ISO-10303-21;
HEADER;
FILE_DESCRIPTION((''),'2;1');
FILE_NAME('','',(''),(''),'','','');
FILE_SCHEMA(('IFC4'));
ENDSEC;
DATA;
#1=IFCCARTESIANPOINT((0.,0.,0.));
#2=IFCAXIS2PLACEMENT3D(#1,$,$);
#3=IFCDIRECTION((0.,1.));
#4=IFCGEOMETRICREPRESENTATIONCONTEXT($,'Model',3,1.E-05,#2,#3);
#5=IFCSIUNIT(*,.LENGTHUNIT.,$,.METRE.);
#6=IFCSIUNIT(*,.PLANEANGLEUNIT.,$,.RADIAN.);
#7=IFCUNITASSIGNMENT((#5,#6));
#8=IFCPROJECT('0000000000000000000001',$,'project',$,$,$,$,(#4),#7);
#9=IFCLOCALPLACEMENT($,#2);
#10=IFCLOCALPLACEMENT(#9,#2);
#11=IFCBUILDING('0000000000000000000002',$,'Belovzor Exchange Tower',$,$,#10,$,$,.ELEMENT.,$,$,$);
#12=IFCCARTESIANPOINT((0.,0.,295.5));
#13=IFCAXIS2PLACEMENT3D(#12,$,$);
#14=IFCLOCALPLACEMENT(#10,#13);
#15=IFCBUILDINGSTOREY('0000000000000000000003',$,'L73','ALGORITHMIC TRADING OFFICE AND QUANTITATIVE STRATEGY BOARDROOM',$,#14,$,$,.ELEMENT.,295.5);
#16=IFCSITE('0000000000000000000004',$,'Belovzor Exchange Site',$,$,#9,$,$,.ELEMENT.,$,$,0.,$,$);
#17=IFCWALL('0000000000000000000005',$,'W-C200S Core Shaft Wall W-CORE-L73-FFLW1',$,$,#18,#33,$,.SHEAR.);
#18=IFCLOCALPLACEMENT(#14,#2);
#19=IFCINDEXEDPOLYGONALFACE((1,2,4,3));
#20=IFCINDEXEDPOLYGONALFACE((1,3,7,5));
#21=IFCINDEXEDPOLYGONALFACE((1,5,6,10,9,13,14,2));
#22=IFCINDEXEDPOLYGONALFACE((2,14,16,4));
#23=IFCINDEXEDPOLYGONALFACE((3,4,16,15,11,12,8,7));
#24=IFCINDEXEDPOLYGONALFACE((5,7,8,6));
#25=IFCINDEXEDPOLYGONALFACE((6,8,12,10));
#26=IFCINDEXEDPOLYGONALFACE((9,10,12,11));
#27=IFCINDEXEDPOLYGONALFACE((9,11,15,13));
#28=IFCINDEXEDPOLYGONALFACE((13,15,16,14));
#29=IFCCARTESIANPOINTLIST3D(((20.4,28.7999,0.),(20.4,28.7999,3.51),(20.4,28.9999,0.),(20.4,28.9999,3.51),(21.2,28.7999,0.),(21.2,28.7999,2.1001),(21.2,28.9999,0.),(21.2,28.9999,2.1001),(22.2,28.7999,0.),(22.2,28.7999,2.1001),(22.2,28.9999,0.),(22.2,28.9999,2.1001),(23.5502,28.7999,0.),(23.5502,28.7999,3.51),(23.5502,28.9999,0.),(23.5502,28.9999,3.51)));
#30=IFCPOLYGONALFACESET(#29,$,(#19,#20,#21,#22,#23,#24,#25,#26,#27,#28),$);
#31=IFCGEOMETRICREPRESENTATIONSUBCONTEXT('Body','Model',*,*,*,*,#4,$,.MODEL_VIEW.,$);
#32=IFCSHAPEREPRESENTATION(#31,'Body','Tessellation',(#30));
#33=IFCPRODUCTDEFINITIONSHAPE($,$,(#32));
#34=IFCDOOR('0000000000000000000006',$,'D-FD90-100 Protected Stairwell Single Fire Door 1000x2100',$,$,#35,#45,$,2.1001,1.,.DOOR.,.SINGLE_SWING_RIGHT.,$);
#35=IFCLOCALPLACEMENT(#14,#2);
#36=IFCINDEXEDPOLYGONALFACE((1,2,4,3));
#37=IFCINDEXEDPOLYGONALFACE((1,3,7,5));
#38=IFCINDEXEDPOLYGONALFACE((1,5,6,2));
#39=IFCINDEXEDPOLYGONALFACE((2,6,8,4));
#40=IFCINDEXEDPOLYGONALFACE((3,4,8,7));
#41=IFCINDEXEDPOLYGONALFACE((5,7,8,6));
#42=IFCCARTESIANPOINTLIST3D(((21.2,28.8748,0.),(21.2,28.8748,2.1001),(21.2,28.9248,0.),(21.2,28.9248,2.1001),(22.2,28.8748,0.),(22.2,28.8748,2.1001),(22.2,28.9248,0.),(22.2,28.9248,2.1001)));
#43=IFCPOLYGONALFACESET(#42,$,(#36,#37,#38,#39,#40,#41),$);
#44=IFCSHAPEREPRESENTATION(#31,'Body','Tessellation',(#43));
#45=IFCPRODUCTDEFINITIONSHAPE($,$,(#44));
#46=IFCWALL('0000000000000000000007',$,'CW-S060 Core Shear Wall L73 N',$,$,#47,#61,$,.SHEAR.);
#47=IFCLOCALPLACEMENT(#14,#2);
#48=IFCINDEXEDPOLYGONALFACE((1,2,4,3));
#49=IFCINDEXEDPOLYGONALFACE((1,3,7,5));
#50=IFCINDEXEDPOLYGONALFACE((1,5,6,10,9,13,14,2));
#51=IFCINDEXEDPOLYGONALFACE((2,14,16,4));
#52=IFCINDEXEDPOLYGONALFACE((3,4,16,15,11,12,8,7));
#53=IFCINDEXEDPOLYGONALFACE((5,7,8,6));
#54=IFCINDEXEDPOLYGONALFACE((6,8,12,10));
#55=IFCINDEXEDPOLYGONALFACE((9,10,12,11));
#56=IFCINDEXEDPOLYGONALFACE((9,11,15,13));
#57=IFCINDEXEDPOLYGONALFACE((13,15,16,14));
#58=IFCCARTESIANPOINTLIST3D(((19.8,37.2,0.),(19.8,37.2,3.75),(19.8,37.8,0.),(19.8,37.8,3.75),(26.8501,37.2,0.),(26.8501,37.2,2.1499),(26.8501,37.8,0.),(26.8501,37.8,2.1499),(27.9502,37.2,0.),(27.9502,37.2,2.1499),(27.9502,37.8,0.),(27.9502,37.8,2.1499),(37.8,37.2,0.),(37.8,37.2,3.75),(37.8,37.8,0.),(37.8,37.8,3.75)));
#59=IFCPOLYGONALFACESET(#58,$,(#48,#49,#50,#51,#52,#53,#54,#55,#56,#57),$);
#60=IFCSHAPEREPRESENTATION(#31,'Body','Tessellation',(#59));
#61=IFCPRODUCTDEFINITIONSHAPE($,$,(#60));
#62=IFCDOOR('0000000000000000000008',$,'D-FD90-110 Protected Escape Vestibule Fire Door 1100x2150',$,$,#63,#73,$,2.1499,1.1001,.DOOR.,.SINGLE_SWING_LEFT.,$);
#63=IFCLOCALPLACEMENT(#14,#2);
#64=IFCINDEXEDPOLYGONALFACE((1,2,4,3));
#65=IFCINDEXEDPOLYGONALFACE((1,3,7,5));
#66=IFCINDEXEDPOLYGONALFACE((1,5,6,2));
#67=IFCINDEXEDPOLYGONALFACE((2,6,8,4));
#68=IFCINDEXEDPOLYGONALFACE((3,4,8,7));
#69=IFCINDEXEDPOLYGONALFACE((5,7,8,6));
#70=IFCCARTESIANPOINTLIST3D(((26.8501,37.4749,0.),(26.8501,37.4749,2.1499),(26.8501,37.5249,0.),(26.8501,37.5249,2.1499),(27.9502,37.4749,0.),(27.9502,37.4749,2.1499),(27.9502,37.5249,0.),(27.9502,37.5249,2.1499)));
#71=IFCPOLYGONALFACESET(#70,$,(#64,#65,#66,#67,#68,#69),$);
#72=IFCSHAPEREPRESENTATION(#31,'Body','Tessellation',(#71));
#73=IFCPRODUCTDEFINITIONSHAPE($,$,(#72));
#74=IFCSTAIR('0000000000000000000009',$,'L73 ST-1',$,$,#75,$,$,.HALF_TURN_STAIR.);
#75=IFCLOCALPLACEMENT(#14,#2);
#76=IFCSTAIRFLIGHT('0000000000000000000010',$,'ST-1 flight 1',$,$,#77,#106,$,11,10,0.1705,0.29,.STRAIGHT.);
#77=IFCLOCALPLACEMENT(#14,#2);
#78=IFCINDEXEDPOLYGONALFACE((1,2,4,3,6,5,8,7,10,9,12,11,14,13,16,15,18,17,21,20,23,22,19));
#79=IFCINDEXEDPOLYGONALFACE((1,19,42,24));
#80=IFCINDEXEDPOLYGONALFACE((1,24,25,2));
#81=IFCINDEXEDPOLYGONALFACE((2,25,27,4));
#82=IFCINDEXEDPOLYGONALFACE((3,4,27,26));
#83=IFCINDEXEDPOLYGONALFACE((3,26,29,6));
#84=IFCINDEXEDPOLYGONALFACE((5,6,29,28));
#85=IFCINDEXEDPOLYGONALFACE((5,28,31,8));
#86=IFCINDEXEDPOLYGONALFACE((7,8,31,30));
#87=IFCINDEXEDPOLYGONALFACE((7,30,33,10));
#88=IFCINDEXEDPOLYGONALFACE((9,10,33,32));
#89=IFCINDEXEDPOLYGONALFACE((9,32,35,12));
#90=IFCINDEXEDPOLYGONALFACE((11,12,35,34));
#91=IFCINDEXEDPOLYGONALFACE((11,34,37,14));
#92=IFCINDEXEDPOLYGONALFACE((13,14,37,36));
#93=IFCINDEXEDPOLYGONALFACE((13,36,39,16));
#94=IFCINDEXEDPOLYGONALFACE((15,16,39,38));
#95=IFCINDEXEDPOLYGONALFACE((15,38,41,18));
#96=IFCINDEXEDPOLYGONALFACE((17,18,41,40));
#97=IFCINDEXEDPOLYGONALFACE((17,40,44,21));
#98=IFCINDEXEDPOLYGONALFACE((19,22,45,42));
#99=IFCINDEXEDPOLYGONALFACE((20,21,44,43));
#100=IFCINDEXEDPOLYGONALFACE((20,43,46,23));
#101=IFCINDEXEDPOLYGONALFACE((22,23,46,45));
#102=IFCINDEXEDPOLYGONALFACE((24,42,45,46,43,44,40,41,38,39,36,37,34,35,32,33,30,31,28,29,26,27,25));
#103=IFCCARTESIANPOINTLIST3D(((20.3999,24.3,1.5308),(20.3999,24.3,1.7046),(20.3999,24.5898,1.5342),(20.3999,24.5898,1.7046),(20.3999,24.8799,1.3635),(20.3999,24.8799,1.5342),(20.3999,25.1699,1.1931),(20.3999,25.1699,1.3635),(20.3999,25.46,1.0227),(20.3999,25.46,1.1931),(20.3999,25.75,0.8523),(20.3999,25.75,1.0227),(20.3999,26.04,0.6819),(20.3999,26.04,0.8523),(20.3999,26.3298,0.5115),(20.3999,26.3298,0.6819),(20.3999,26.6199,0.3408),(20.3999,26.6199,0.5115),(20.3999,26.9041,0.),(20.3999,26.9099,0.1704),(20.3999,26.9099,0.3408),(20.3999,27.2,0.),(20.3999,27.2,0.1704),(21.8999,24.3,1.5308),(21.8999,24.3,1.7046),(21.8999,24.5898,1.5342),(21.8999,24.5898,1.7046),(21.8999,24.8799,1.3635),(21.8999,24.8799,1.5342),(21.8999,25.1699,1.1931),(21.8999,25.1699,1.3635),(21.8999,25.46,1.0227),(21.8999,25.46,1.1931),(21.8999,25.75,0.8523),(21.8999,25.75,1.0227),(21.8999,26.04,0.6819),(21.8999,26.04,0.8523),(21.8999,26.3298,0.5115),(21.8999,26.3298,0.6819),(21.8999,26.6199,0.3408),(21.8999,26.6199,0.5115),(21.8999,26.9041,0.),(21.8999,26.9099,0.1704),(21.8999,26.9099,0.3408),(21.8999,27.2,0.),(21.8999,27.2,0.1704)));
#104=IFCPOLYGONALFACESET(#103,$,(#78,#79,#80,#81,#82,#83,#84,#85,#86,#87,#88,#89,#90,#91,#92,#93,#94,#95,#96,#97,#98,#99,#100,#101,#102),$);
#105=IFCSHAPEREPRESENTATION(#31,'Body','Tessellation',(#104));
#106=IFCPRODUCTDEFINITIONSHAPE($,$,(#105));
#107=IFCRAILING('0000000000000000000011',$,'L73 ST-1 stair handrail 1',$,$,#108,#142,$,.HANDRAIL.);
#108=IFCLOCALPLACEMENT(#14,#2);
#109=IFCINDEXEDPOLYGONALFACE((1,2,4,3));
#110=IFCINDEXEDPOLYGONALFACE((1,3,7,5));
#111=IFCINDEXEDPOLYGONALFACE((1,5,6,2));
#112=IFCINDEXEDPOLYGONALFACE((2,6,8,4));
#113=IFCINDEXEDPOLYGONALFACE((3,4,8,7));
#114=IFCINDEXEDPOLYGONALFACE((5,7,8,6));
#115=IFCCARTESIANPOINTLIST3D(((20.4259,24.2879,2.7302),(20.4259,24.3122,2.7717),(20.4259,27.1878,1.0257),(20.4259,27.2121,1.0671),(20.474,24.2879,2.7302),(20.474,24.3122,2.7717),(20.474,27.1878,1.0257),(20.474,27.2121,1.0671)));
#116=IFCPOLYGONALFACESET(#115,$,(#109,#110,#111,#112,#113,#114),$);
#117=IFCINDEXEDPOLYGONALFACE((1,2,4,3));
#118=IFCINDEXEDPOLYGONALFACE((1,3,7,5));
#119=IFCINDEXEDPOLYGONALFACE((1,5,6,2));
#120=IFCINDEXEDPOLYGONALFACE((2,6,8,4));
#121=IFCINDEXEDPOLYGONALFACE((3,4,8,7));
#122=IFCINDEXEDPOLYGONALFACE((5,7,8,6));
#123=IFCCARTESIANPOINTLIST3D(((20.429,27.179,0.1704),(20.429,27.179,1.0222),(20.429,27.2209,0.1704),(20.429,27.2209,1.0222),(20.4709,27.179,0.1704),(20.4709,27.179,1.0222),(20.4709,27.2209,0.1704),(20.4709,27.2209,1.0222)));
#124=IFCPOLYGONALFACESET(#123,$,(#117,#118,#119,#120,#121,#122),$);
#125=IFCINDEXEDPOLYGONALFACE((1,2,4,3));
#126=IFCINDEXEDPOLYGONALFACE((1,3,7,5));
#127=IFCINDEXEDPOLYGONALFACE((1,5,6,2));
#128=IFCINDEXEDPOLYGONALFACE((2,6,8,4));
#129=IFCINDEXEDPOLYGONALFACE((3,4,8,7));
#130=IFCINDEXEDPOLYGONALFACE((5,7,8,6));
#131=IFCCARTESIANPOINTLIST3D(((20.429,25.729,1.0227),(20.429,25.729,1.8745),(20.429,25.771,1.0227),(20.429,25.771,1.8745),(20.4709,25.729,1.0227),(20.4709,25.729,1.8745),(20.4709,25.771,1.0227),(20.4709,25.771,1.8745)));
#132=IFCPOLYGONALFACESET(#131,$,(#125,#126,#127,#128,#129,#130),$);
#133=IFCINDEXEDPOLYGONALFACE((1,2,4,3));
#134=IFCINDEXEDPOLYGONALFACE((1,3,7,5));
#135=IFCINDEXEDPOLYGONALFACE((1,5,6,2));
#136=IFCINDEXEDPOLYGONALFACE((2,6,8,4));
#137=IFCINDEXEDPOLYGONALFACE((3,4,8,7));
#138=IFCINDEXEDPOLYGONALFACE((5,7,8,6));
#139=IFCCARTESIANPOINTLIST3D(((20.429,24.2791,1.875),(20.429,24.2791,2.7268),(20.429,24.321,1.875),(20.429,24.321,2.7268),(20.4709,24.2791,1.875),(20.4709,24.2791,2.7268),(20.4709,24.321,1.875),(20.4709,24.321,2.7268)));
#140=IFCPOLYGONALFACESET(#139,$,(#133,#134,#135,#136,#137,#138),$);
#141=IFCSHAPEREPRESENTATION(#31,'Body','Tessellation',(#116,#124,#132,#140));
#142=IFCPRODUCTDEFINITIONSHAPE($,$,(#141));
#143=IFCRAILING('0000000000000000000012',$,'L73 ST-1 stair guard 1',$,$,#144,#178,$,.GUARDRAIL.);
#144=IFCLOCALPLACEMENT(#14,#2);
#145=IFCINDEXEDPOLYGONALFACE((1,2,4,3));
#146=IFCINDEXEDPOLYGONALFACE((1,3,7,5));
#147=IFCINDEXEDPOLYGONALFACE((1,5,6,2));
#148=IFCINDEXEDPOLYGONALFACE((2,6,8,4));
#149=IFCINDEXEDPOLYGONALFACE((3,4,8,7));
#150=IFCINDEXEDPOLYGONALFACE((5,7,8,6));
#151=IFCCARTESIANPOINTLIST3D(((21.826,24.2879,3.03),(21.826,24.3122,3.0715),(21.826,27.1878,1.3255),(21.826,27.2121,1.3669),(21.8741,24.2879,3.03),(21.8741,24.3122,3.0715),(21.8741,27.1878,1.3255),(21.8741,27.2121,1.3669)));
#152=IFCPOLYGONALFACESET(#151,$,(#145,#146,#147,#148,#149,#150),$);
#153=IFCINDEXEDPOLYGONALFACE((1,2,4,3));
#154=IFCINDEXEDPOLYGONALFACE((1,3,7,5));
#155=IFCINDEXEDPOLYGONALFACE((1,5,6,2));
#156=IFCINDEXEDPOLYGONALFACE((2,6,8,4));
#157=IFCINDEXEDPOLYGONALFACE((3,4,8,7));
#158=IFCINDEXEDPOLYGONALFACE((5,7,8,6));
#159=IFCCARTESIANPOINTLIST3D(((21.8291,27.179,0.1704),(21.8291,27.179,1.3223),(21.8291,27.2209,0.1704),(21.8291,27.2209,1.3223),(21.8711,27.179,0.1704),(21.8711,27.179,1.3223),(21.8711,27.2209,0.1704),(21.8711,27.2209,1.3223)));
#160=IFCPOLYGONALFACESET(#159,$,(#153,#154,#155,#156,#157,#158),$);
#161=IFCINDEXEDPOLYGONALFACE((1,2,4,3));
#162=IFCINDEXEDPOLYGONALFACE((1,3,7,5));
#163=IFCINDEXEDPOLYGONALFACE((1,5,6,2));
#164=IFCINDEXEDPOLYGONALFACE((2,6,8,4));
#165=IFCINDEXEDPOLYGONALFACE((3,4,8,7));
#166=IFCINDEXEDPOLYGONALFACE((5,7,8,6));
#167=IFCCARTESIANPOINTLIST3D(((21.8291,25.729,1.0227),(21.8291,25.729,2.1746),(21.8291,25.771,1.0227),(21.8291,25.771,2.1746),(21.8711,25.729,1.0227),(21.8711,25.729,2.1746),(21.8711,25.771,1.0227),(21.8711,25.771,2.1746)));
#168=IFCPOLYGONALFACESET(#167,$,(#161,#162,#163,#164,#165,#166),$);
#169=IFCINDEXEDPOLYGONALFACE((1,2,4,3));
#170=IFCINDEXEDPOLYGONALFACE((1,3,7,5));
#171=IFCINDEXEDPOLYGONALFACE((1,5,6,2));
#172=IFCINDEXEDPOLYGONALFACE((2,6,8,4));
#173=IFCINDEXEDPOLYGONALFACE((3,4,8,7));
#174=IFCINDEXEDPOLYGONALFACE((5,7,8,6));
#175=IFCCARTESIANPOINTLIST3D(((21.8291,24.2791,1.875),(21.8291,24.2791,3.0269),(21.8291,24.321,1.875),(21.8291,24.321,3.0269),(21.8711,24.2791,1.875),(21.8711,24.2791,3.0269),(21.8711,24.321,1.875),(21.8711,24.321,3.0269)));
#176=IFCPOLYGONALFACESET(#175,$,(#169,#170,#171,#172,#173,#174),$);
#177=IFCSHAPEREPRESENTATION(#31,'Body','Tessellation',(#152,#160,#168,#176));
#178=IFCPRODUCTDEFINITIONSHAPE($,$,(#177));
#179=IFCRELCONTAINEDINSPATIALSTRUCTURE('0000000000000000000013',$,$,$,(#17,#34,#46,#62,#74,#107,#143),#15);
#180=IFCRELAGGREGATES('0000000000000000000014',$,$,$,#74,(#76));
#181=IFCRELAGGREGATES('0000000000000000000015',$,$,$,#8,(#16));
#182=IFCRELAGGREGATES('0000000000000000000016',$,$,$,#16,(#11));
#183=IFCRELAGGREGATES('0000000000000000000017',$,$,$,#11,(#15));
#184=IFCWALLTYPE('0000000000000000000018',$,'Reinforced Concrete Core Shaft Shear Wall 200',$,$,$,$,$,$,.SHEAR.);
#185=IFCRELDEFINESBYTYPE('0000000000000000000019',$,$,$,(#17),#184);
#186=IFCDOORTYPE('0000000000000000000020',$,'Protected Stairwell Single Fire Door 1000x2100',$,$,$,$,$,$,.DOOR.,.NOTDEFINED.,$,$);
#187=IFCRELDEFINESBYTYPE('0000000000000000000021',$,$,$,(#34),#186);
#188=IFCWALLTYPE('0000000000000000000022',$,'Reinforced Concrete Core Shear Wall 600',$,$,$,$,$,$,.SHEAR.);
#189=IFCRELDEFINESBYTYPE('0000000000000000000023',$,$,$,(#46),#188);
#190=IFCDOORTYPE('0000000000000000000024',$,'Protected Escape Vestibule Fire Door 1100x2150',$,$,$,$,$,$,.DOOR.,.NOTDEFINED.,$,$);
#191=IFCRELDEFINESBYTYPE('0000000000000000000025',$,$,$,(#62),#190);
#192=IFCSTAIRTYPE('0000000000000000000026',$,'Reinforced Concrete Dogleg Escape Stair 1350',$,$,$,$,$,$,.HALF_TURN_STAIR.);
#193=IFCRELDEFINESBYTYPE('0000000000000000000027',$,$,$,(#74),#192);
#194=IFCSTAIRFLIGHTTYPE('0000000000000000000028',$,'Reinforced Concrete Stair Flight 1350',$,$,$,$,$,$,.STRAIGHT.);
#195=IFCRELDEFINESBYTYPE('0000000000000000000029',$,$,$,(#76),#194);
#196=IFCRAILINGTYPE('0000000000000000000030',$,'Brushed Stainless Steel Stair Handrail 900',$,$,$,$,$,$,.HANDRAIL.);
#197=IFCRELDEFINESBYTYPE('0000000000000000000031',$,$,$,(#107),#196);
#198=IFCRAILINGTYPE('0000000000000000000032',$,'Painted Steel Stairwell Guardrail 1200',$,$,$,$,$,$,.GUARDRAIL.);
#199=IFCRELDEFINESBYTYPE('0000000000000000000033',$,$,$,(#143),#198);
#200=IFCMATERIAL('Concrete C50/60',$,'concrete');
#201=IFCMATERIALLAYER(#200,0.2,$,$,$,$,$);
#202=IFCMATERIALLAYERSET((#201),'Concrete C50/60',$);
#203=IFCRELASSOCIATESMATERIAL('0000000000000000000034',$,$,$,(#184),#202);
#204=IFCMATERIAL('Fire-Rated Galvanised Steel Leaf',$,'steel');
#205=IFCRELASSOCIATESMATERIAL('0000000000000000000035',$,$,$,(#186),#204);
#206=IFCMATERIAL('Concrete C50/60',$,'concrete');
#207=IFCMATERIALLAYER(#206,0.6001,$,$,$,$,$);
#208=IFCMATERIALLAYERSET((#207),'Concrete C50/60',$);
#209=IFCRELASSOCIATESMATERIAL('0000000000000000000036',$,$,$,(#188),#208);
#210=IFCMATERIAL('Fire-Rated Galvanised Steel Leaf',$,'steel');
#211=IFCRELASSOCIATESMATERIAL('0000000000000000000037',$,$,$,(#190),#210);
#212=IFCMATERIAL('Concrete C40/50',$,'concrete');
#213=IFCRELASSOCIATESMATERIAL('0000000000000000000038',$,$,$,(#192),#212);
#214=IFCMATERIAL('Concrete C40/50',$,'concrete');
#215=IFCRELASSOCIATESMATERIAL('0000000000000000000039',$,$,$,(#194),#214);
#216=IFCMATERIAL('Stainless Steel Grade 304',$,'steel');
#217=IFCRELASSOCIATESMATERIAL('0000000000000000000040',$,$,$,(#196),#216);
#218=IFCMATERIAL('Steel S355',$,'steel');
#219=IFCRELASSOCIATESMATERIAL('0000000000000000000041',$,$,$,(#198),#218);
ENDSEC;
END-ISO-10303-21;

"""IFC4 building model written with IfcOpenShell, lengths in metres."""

from ifc_helpers import new_model, si_unit, direction, frame, frame_2d, origin, origin_2d, place, context, subcontext, project, spatial, polyline, rectangle, outline, extrude, material, layer, layer_set, type_object, element, fill, aggregate, save


model = new_model("IFC4")

# Units and contexts
model_context = context("Model", 3, precision=1e-05, world=origin(), true_north=direction((0.0, 1.0)))
body_context = subcontext(model_context, "Body", "Model", "MODEL_VIEW")
ifc_project = project(units=[si_unit("LENGTHUNIT", "METRE"), si_unit("PLANEANGLEUNIT", "RADIAN")], contexts=[model_context])

# Site, building, storey
site_placement = place(None, origin())
site = spatial("IfcSite", under=ifc_project, at=site_placement, Name="Belovzor Exchange Site", CompositionType="ELEMENT", RefElevation=0.0)
building_placement = place(site_placement, origin())
building = spatial("IfcBuilding", under=site, at=building_placement, Name="Belovzor Exchange Tower", CompositionType="ELEMENT")
storey_placement = place(building_placement, frame((0.0, 0.0, 295.5)))
storey = spatial("IfcBuildingStorey", under=building, at=storey_placement, Name="L73", Description="ALGORITHMIC TRADING OFFICE AND QUANTITATIVE STRATEGY BOARDROOM", CompositionType="ELEMENT", Elevation=295.5)

# Walls, openings, doors
ifc_material_1 = material(Name="Concrete C50/60", Category="concrete")
ifc_layer_1 = layer(ifc_material_1, 0.2)
ifc_layer_set_1 = layer_set([ifc_layer_1], Name="Concrete C50/60")
wall_type_1 = type_object("IfcWallType", Name="Reinforced Concrete Core Shaft Shear Wall 200", PredefinedType="SHEAR", material=ifc_layer_set_1)
wall_1_placement = place(storey_placement, frame((20.3999, 28.8999, 0.0), z_axis=(0.0, 0.0, 1.0), x_axis=(1.0, 0.0, 0.0)))
wall_1 = element("IfcWall", 1, at=wall_1_placement, inside=storey, type_object=wall_type_1, Name="W-C200S Core Shaft Wall W-CORE-L73-FFLW1", PredefinedType="SHEAR", context=body_context, shape_type="SweptSolid", body=[
    extrude(rectangle(XDim=3.1501, YDim=0.2, at=frame_2d((1.5752, 0.0))), origin(), (0.0, 0.0, 1.0), 3.51),
])
opening_1_placement = place(wall_1_placement, frame((0.8, 0.0, 0.0)))
opening_1 = element("IfcOpeningElement", 2, at=opening_1_placement, cuts=wall_1, PredefinedType="OPENING", context=body_context, shape_type="SweptSolid", body=[
    extrude(rectangle(XDim=1.0, YDim=2.1001, at=frame_2d((0.5, 1.05))), frame((0.0, 0.1099, 0.0), z_axis=(0.0, -1.0, 0.0), x_axis=(1.0, 0.0, 0.0)), (0.0, 0.0, 1.0), 0.22),
])
ifc_material_2 = material(Name="Fire-Rated Galvanised Steel Leaf", Category="steel")
door_type_1 = type_object("IfcDoorType", Name="Protected Stairwell Single Fire Door 1000x2100", OperationType="NOTDEFINED", PredefinedType="DOOR", material=ifc_material_2)
door_1_placement = place(opening_1_placement, origin())
door_1 = element("IfcDoor", 3, at=door_1_placement, inside=storey, type_object=door_type_1, Name="D-FD90-100 Protected Stairwell Single Fire Door 1000x2100", OperationType="SINGLE_SWING_RIGHT", OverallHeight=2.1001, OverallWidth=1.0, PredefinedType="DOOR", context=body_context, shape_type="SweptSolid", body=[
    extrude(rectangle(XDim=1.0, YDim=2.1001, at=frame_2d((0.5, 1.05))), frame((0.0, 0.0249, 0.0), z_axis=(0.0, -1.0, 0.0), x_axis=(1.0, 0.0, 0.0)), (0.0, 0.0, 1.0), 0.05),
])
fill(opening_1, door_1)
ifc_material_3 = material(Name="Concrete C50/60", Category="concrete")
ifc_layer_2 = layer(ifc_material_3, 0.6001)
ifc_layer_set_2 = layer_set([ifc_layer_2], Name="Concrete C50/60")
wall_type_2 = type_object("IfcWallType", Name="Reinforced Concrete Core Shear Wall 600", PredefinedType="SHEAR", material=ifc_layer_set_2)
wall_2_placement = place(storey_placement, frame((19.8, 37.5, 0.0), z_axis=(0.0, 0.0, 1.0), x_axis=(1.0, 0.0, 0.0)))
wall_2 = element("IfcWall", 4, at=wall_2_placement, inside=storey, type_object=wall_type_2, Name="CW-S060 Core Shear Wall L73 N", PredefinedType="SHEAR", context=body_context, shape_type="SweptSolid", body=[
    extrude(rectangle(XDim=18.0, YDim=0.6001, at=frame_2d((9.0, 0.0))), origin(), (0.0, 0.0, 1.0), 3.75),
])
opening_2_placement = place(wall_2_placement, frame((7.05, 0.0, 0.0)))
opening_2 = element("IfcOpeningElement", 5, at=opening_2_placement, cuts=wall_2, PredefinedType="OPENING", context=body_context, shape_type="SweptSolid", body=[
    extrude(rectangle(XDim=1.1001, YDim=2.1499, at=frame_2d((0.55, 1.075))), frame((0.0, 0.3101, 0.0), z_axis=(0.0, -1.0, 0.0), x_axis=(1.0, 0.0, 0.0)), (0.0, 0.0, 1.0), 0.6201),
])
ifc_material_4 = material(Name="Fire-Rated Galvanised Steel Leaf", Category="steel")
door_type_2 = type_object("IfcDoorType", Name="Protected Escape Vestibule Fire Door 1100x2150", OperationType="NOTDEFINED", PredefinedType="DOOR", material=ifc_material_4)
door_2_placement = place(opening_2_placement, origin())
door_2 = element("IfcDoor", 6, at=door_2_placement, inside=storey, type_object=door_type_2, Name="D-FD90-110 Protected Escape Vestibule Fire Door 1100x2150", OperationType="SINGLE_SWING_LEFT", OverallHeight=2.1499, OverallWidth=1.1001, PredefinedType="DOOR", context=body_context, shape_type="SweptSolid", body=[
    extrude(rectangle(XDim=1.1001, YDim=2.1499, at=frame_2d((0.55, 1.075))), frame((0.0, 0.0249, 0.0), z_axis=(0.0, -1.0, 0.0), x_axis=(1.0, 0.0, 0.0)), (0.0, 0.0, 1.0), 0.05),
])
fill(opening_2, door_2)

# Stair, stair flight
ifc_material_5 = material(Name="Concrete C40/50", Category="concrete")
stair_type = type_object("IfcStairType", Name="Reinforced Concrete Dogleg Escape Stair 1350", PredefinedType="HALF_TURN_STAIR", material=ifc_material_5)
stair_placement = place(storey_placement, origin())
stair = element("IfcStair", 7, at=stair_placement, inside=storey, type_object=stair_type, Name="L73 ST-1", PredefinedType="HALF_TURN_STAIR")
ifc_material_6 = material(Name="Concrete C40/50", Category="concrete")
stair_flight_type = type_object("IfcStairFlightType", Name="Reinforced Concrete Stair Flight 1350", PredefinedType="STRAIGHT", material=ifc_material_6)
stair_flight_placement = place(storey_placement, frame((21.1499, 27.2, 0.0), z_axis=(0.0, 0.0, 1.0), x_axis=(0.0, -1.0, 0.0)))
stair_flight = element("IfcStairFlight", 8, at=stair_flight_placement, type_object=stair_flight_type, Name="ST-1 flight 1", NumberOfRisers=11, NumberOfTreads=10, PredefinedType="STRAIGHT", RiserHeight=0.1705, TreadLength=0.29, context=body_context, shape_type="SweptSolid", body=[
    extrude(outline(polyline([(0.0, 0.0), (0.0, 0.1704), (0.29, 0.1704), (0.29, 0.3408), (0.5801, 0.3408), (0.5801, 0.5115), (0.8701, 0.5115), (0.8701, 0.6819), (1.1599, 0.6819), (1.1599, 0.8523), (1.45, 0.8523), (1.45, 1.0227), (1.74, 1.0227), (1.74, 1.1931), (2.03, 1.1931), (2.03, 1.3635), (2.3201, 1.3635), (2.3201, 1.5342), (2.6101, 1.5342), (2.6101, 1.7046), (2.8999, 1.7046), (2.8999, 1.875), (2.8999, 1.5308), (0.2959, 0.0), (0.0, 0.0)])), frame((0.0, 0.75, 0.0), z_axis=(0.0, -1.0, 0.0), x_axis=(1.0, 0.0, 0.0)), (0.0, 0.0, 1.0), 1.5),
])
aggregate(stair, [stair_flight])

# Railings
ifc_material_7 = material(Name="Stainless Steel Grade 304", Category="steel")
railing_type_1 = type_object("IfcRailingType", Name="Brushed Stainless Steel Stair Handrail 900", PredefinedType="HANDRAIL", material=ifc_material_7)
railing_1_placement = place(storey_placement, frame((20.45, 27.2, 0.1704)))
element("IfcRailing", 9, at=railing_1_placement, inside=storey, type_object=railing_type_1, Name="L73 ST-1 stair handrail 1", PredefinedType="HANDRAIL", context=body_context, shape_type="SweptSolid", body=[
    extrude(rectangle(XDim=0.0481, YDim=0.0481, at=origin_2d()), frame((0.0, 0.0, 0.876), z_axis=(0.0, -0.862095, 0.506747), x_axis=(1.0, 0.0, 0.0)), (0.0, 0.0, 1.0), 3.3638),
    extrude(rectangle(XDim=0.042, YDim=0.042, at=origin_2d()), origin(), (0.0, 0.0, 1.0), 0.8518),
    extrude(rectangle(XDim=0.042, YDim=0.042, at=origin_2d()), frame((0.0, -1.45, 0.8523)), (0.0, 0.0, 1.0), 0.8518),
    extrude(rectangle(XDim=0.042, YDim=0.042, at=origin_2d()), frame((0.0, -2.8999, 1.7046)), (0.0, 0.0, 1.0), 0.8518),
])
ifc_material_8 = material(Name="Steel S355", Category="steel")
railing_type_2 = type_object("IfcRailingType", Name="Painted Steel Stairwell Guardrail 1200", PredefinedType="GUARDRAIL", material=ifc_material_8)
railing_2_placement = place(storey_placement, frame((21.8501, 27.2, 0.1704)))
element("IfcRailing", 10, at=railing_2_placement, inside=storey, type_object=railing_type_2, Name="L73 ST-1 stair guard 1", PredefinedType="GUARDRAIL", context=body_context, shape_type="SweptSolid", body=[
    extrude(rectangle(XDim=0.0481, YDim=0.0481, at=origin_2d()), frame((0.0, 0.0, 1.1758), z_axis=(0.0, -0.862095, 0.506747), x_axis=(1.0, 0.0, 0.0)), (0.0, 0.0, 1.0), 3.3638),
    extrude(rectangle(XDim=0.042, YDim=0.042, at=origin_2d()), origin(), (0.0, 0.0, 1.0), 1.1519),
    extrude(rectangle(XDim=0.042, YDim=0.042, at=origin_2d()), frame((0.0, -1.45, 0.8523)), (0.0, 0.0, 1.0), 1.1519),
    extrude(rectangle(XDim=0.042, YDim=0.042, at=origin_2d()), frame((0.0, -2.8999, 1.7046)), (0.0, 0.0, 1.0), 1.1519),
])

save(model, "model.ifc")
